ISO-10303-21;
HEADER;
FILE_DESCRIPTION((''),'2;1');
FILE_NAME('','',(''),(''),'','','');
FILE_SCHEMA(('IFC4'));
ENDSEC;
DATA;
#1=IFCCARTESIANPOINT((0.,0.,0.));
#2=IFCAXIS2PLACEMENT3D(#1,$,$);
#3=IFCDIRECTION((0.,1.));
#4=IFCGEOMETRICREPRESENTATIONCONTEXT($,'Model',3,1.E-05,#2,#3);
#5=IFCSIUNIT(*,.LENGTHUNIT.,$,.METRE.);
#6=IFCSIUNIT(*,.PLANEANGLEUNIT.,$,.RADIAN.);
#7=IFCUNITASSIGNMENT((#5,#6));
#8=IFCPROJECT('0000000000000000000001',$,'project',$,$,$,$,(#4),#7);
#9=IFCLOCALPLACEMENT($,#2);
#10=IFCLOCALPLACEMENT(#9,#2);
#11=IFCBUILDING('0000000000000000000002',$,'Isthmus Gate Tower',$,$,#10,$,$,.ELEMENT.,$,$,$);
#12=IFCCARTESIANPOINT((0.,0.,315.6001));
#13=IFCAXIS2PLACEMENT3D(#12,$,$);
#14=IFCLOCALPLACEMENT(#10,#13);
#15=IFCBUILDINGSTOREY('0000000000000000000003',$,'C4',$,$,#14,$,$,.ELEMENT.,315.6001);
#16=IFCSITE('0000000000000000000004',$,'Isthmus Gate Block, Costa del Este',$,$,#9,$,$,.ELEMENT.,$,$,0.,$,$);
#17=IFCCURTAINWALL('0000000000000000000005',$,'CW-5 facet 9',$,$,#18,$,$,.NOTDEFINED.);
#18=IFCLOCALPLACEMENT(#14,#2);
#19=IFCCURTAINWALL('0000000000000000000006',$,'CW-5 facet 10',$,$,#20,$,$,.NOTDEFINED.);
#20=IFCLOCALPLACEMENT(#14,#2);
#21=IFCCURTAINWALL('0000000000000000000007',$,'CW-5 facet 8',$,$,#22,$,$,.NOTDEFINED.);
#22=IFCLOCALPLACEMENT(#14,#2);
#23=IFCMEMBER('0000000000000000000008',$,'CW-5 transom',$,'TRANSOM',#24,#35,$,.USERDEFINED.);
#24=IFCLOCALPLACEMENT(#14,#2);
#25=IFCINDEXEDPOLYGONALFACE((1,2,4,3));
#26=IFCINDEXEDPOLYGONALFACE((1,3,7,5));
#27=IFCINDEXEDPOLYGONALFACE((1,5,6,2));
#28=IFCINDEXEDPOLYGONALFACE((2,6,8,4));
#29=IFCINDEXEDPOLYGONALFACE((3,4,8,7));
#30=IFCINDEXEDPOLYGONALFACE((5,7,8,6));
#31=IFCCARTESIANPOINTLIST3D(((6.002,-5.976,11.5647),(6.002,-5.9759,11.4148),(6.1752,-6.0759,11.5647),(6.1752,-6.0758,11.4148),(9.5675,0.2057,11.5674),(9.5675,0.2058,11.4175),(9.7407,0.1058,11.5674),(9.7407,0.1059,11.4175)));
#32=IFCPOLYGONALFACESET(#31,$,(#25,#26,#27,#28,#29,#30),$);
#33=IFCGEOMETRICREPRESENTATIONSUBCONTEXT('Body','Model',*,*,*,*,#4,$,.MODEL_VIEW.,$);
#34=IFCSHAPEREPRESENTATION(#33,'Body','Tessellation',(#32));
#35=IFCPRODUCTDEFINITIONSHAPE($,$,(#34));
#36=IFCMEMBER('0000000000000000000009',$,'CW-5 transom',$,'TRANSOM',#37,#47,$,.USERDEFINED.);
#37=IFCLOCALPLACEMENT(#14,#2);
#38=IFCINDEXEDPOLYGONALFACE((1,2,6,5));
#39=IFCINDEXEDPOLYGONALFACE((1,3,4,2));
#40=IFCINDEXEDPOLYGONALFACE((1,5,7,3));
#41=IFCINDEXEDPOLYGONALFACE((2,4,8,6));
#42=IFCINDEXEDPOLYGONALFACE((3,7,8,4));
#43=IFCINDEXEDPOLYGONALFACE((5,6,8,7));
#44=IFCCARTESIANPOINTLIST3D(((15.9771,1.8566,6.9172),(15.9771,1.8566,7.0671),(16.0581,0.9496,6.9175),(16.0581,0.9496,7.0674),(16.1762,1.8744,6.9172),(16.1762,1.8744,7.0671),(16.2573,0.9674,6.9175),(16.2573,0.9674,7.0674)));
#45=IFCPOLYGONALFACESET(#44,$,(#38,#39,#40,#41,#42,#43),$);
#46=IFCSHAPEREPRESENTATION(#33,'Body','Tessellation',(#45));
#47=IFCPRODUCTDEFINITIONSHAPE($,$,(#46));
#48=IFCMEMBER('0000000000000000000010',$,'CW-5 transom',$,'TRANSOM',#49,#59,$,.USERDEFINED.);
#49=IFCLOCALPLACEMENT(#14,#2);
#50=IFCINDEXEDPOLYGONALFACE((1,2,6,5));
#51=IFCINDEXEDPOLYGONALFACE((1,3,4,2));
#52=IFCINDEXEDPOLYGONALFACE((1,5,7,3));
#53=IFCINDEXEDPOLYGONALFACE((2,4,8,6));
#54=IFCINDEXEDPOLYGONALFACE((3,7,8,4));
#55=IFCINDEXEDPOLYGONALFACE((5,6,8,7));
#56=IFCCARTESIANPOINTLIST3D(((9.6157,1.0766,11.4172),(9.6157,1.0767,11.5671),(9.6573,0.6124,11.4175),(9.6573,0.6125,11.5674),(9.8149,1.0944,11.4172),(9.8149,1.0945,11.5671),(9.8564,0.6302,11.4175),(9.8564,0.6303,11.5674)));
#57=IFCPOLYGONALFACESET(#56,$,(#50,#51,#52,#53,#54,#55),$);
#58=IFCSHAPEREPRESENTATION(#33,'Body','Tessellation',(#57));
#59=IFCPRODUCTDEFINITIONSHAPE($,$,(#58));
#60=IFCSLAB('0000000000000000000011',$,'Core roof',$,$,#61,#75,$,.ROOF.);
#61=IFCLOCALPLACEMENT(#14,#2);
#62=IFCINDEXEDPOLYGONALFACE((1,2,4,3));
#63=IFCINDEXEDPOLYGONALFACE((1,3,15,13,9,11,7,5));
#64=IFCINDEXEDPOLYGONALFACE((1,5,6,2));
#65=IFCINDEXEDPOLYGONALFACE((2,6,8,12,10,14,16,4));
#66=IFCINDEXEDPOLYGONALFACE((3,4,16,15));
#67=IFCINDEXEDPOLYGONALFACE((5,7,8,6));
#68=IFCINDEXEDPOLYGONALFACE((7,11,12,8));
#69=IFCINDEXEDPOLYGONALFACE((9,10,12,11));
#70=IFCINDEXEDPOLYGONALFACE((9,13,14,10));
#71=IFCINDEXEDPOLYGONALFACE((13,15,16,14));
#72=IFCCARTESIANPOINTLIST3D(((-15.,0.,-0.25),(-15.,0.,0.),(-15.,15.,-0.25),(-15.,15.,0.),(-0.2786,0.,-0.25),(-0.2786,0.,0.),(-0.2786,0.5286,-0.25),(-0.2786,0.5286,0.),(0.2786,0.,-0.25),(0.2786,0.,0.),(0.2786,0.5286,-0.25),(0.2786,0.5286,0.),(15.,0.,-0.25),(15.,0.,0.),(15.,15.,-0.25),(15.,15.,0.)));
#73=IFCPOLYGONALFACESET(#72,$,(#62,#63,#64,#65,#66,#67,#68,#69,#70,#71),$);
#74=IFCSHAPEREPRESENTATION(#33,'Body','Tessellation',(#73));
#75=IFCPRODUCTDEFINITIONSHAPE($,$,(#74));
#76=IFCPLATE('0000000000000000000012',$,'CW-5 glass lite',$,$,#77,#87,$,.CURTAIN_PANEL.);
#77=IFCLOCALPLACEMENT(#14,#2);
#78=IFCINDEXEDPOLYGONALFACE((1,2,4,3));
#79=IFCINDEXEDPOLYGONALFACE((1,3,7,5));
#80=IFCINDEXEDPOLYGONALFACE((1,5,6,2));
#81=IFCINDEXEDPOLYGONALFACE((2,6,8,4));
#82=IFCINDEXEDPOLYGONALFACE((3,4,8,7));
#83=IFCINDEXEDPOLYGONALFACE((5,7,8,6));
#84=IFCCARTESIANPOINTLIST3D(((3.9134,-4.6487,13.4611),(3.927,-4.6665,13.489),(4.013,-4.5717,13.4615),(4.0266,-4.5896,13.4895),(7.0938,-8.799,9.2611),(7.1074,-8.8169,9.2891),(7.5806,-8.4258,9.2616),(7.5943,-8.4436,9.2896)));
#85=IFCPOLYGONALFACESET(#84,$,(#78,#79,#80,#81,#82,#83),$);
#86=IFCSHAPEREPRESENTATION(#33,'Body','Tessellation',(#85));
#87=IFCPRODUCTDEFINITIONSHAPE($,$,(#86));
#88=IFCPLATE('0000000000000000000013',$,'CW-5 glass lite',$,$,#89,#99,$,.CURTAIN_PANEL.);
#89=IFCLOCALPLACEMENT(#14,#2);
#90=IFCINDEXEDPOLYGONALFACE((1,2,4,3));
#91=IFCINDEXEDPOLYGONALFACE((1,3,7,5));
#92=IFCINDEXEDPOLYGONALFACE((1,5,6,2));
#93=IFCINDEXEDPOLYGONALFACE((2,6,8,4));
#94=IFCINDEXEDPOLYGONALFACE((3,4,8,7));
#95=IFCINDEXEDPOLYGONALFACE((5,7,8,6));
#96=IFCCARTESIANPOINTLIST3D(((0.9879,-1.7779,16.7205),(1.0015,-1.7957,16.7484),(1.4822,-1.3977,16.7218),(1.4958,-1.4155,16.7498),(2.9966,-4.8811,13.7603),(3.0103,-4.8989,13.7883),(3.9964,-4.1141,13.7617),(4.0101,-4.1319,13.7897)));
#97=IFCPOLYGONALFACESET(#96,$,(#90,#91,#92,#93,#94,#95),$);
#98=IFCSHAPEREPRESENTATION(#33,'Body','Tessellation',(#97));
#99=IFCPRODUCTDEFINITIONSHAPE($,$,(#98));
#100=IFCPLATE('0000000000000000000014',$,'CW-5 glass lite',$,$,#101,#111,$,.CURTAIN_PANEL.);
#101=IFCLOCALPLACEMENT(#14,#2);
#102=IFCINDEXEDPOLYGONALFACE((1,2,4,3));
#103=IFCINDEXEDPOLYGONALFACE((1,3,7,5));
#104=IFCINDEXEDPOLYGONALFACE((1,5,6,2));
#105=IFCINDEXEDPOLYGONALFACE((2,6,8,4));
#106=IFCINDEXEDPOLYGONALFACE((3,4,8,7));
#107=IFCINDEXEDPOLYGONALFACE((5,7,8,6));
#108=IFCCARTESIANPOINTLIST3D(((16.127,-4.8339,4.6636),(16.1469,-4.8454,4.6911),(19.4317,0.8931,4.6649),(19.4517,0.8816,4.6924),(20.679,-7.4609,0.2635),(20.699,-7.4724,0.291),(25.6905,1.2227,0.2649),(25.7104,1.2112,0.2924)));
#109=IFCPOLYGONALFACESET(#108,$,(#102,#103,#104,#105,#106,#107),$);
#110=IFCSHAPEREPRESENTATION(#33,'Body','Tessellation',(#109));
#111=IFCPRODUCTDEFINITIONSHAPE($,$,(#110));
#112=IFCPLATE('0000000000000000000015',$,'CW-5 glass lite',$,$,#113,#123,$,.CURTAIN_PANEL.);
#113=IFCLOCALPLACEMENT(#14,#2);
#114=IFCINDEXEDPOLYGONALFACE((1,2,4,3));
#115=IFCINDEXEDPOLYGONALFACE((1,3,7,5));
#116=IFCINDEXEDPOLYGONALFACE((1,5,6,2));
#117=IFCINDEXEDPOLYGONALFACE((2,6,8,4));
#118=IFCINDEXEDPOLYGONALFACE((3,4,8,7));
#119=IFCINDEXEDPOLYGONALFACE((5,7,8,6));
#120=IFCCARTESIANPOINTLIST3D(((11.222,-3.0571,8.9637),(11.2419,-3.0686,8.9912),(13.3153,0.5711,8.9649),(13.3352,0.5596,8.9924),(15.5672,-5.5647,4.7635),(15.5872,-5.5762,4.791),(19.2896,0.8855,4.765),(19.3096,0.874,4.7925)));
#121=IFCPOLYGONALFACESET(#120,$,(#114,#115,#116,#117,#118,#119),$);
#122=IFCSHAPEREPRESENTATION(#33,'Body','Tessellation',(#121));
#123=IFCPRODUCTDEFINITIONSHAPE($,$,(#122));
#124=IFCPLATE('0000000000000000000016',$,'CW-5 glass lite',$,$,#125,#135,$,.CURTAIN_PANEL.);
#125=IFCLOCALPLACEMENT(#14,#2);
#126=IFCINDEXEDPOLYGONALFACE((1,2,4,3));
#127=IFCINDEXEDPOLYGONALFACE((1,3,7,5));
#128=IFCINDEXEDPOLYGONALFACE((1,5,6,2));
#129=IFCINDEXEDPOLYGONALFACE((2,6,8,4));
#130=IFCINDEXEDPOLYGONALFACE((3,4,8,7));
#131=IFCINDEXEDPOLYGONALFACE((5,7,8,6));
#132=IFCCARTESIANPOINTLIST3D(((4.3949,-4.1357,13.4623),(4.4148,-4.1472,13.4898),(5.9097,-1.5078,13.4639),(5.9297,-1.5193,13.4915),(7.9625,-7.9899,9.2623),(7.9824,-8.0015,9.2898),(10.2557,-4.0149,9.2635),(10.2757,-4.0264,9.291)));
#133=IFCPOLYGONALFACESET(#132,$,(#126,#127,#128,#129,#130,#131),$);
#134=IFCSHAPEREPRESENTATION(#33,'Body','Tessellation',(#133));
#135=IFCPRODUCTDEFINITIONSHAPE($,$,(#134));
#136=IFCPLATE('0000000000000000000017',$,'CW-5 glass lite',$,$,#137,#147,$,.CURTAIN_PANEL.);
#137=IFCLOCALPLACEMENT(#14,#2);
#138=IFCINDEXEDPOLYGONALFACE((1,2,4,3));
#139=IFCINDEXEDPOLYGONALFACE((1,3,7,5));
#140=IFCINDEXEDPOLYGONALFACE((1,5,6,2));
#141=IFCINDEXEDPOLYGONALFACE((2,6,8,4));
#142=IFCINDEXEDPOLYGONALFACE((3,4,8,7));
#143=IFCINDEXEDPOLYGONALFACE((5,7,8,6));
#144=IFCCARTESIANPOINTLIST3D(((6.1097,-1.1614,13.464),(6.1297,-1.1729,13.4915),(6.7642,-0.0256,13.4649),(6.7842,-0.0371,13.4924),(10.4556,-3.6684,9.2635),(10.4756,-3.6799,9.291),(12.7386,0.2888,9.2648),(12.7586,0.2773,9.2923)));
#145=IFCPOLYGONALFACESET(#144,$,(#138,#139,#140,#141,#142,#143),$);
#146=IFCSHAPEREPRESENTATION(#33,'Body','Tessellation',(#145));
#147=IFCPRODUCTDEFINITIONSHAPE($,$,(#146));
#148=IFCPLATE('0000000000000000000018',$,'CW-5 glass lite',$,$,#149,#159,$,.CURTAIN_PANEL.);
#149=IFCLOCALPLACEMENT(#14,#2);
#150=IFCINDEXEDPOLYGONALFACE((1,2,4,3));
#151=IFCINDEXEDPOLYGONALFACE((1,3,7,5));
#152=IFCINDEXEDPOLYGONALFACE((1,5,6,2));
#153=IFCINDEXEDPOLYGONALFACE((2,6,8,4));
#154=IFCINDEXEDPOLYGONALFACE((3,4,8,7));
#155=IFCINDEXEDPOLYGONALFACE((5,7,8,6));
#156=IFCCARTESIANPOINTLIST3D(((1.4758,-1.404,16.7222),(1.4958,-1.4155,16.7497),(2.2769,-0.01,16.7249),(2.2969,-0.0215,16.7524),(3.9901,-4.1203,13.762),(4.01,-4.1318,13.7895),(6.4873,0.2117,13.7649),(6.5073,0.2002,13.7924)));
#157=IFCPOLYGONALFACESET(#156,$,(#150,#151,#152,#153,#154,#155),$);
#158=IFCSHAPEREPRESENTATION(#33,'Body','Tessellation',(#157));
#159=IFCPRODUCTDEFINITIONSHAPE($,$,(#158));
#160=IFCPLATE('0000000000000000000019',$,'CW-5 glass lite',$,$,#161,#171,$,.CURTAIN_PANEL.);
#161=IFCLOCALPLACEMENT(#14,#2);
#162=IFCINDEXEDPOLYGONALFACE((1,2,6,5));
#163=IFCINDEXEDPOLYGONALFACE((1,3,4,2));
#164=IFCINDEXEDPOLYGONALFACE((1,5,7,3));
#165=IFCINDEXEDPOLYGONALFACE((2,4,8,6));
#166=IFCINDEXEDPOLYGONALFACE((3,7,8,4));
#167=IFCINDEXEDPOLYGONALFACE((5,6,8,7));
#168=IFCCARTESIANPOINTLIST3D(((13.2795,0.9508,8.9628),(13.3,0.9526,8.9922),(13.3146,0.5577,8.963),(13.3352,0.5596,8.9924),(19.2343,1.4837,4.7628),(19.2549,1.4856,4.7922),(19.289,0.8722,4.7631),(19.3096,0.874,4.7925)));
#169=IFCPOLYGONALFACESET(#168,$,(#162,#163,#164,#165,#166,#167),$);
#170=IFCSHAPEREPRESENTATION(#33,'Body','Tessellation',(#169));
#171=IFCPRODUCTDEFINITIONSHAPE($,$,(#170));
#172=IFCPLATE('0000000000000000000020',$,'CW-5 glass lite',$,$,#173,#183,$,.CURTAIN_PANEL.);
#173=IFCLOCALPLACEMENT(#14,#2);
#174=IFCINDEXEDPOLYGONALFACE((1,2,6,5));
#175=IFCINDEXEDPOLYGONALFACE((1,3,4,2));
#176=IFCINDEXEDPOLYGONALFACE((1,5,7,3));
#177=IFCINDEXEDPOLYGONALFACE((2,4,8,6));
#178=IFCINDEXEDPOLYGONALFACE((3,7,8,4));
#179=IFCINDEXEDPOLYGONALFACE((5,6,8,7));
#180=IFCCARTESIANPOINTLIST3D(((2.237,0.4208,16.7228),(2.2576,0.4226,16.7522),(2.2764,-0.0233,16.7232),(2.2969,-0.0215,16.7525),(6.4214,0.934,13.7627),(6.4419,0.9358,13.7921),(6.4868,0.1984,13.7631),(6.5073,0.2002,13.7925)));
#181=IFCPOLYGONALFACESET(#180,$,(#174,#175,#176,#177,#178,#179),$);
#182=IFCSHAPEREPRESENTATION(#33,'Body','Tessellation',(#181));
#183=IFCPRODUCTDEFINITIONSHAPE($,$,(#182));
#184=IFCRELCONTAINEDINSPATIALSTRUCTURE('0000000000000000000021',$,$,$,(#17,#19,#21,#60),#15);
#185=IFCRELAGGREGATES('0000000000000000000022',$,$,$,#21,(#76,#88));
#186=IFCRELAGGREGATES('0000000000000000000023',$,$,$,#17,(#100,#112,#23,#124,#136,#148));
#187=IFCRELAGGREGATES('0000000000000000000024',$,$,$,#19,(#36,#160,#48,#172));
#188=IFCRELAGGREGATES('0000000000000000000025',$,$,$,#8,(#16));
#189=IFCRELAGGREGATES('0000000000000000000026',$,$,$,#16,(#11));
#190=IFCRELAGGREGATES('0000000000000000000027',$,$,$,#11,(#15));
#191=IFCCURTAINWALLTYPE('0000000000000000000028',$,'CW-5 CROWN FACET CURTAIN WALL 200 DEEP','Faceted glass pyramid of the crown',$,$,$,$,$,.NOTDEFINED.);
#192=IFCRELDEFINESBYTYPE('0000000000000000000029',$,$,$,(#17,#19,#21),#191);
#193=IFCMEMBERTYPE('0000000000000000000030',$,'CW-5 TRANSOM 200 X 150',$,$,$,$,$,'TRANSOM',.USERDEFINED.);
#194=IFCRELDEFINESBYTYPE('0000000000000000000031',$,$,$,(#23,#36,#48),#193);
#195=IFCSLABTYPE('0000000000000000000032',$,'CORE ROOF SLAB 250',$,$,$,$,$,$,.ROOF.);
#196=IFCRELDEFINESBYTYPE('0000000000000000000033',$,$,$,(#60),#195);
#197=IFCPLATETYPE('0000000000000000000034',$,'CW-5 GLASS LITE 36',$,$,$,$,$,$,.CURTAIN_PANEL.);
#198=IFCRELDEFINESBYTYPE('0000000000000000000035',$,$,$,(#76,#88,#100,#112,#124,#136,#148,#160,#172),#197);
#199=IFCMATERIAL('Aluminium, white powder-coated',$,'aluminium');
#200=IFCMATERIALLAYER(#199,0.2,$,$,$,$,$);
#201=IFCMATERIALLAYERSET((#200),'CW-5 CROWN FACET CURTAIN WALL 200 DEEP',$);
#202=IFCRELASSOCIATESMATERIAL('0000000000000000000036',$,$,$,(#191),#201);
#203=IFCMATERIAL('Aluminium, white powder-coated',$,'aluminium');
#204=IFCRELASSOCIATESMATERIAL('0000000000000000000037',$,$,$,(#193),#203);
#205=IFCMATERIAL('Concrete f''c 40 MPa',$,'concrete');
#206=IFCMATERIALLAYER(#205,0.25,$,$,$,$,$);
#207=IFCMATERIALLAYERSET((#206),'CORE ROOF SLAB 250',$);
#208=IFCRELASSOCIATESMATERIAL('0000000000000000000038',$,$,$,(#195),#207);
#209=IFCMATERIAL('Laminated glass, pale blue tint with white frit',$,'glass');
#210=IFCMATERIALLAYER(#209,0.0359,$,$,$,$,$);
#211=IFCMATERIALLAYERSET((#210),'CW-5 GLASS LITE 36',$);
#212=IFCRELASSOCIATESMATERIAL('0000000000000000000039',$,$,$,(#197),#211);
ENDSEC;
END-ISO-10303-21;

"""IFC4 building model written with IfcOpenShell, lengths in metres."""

from ifc_helpers import new_model, si_unit, direction, frame, origin, origin_2d, place, context, subcontext, project, spatial, polyline, rectangle, outline, extrude, material, layer, layer_set, material_profile, profile_set, type_object, element, aggregate, save


model = new_model("IFC4")

# Units and contexts
model_context = context("Model", 3, precision=1e-05, world=origin(), true_north=direction((0.0, 1.0)))
body_context = subcontext(model_context, "Body", "Model", "MODEL_VIEW")
ifc_project = project(units=[si_unit("LENGTHUNIT", "METRE"), si_unit("PLANEANGLEUNIT", "RADIAN")], contexts=[model_context])

# Site, building, storey
site_placement = place(None, origin())
site = spatial("IfcSite", under=ifc_project, at=site_placement, Name="Isthmus Gate Block, Costa del Este", CompositionType="ELEMENT", RefElevation=0.0)
building_placement = place(site_placement, origin())
building = spatial("IfcBuilding", under=site, at=building_placement, Name="Isthmus Gate Tower", CompositionType="ELEMENT")
storey_placement = place(building_placement, frame((0.0, 0.0, 315.6001)))
storey = spatial("IfcBuildingStorey", under=building, at=storey_placement, Name="C4", CompositionType="ELEMENT", Elevation=315.6001)

# Curtain walls
ifc_material_1 = material(Name="Aluminium, white powder-coated", Category="aluminium")
ifc_layer_1 = layer(ifc_material_1, 0.2)
ifc_layer_set_1 = layer_set([ifc_layer_1], Name="CW-5 CROWN FACET CURTAIN WALL 200 DEEP")
curtain_wall_type = type_object("IfcCurtainWallType", Name="CW-5 CROWN FACET CURTAIN WALL 200 DEEP", Description="Faceted glass pyramid of the crown", PredefinedType="NOTDEFINED", material=ifc_layer_set_1)
curtain_wall_1_placement = place(storey_placement, origin())
curtain_wall_1 = element("IfcCurtainWall", 1, at=curtain_wall_1_placement, inside=storey, type_object=curtain_wall_type, Name="CW-5 facet 9", PredefinedType="NOTDEFINED")
placement_1 = place(building_placement, frame((0.0, 0.0, 324.6001)))
curtain_wall_2_placement = place(storey_placement, origin())
curtain_wall_2 = element("IfcCurtainWall", 2, at=curtain_wall_2_placement, inside=storey, type_object=curtain_wall_type, Name="CW-5 facet 10", PredefinedType="NOTDEFINED")

# Shared definitions
placement_2 = place(building_placement, frame((0.0, 0.0, 320.1001)))

# Curtain wall
curtain_wall_3_placement = place(storey_placement, origin())
curtain_wall_3 = element("IfcCurtainWall", 3, at=curtain_wall_3_placement, inside=storey, type_object=curtain_wall_type, Name="CW-5 facet 8", PredefinedType="NOTDEFINED")

# Shared definitions
placement_3 = place(building_placement, frame((0.0, 0.0, 329.1001)))

# Members
ifc_material_2 = material(Name="Aluminium, white powder-coated", Category="aluminium")
ifc_material_profile_1 = material_profile(ifc_material_2, rectangle(XDim=0.2, YDim=0.1499, at=origin_2d()), Name="200x150")
ifc_profile_set_1 = profile_set([ifc_material_profile_1], Name="Aluminium, white powder-coated")
member_type_1 = type_object("IfcMemberType", Name="CW-5 TRANSOM 200 X 150", ElementType="TRANSOM", PredefinedType="USERDEFINED", material=ifc_profile_set_1)
member_1_placement = place(placement_1, frame((6.0886, -6.0259, 2.4897), z_axis=(0.499628, 0.86624, 0.000376), x_axis=(-0.86624, 0.499628, 0.0)))
member_1 = element("IfcMember", 4, at=member_1_placement, type_object=member_type_1, Name="CW-5 transom", ObjectType="TRANSOM", PredefinedType="USERDEFINED", context=body_context, shape_type="SweptSolid", body=[
    extrude(rectangle(XDim=0.2, YDim=0.1499, at=origin_2d()), origin(), (0.0, 0.0, 1.0), 7.1362),
])
member_2_placement = place(placement_2, frame((16.1577, 0.9585, 2.4924), z_axis=(-0.089013, 0.99603, -0.000268), x_axis=(-0.99603, -0.089013, 0.0)))
member_2 = element("IfcMember", 5, at=member_2_placement, type_object=member_type_1, Name="CW-5 transom", ObjectType="TRANSOM", PredefinedType="USERDEFINED", context=body_context, shape_type="SweptSolid", body=[
    extrude(rectangle(XDim=0.2, YDim=0.1499, at=origin_2d()), origin(), (0.0, 0.0, 1.0), 0.9106),
])
member_3_placement = place(placement_1, frame((9.7568, 0.6213, 2.4924), z_axis=(-0.089071, 0.996025, -0.000524), x_axis=(-0.996025, -0.089071, 0.0)))
member_3 = element("IfcMember", 6, at=member_3_placement, type_object=member_type_1, Name="CW-5 transom", ObjectType="TRANSOM", PredefinedType="USERDEFINED", context=body_context, shape_type="SweptSolid", body=[
    extrude(rectangle(XDim=0.2, YDim=0.1499, at=origin_2d()), origin(), (0.0, 0.0, 1.0), 0.4661),
])

# Slab
ifc_material_3 = material(Name="Concrete f'c 40 MPa", Category="concrete")
ifc_layer_2 = layer(ifc_material_3, 0.25)
ifc_layer_set_2 = layer_set([ifc_layer_2], Name="CORE ROOF SLAB 250")
slab_type = type_object("IfcSlabType", Name="CORE ROOF SLAB 250", PredefinedType="ROOF", material=ifc_layer_set_2)
slab_placement = place(storey_placement, frame((0.0, 0.0, -0.25)))
element("IfcSlab", 7, at=slab_placement, inside=storey, type_object=slab_type, Name="Core roof", PredefinedType="ROOF", context=body_context, shape_type="SweptSolid", body=[
    extrude(outline(polyline([(-15.0, 0.0), (-15.0, 15.0), (15.0, 15.0), (15.0, 0.0), (0.2786, 0.0), (0.2786, 0.5286), (-0.2786, 0.5286), (-0.2786, 0.0), (-15.0, 0.0)])), origin(), (0.0, 0.0, 1.0), 0.25),
])

# Plates
ifc_material_4 = material(Name="Laminated glass, pale blue tint with white frit", Category="glass")
ifc_layer_3 = layer(ifc_material_4, 0.0359)
ifc_layer_set_3 = layer_set([ifc_layer_3], Name="CW-5 GLASS LITE 36")
plate_type = type_object("IfcPlateType", Name="CW-5 GLASS LITE 36", PredefinedType="CURTAIN_PANEL", material=ifc_layer_set_3)
plate_1_placement = place(placement_1, frame((7.1074, -8.8169, 0.2891), z_axis=(0.380523, -0.497362, 0.779637), x_axis=(0.793577, 0.60847, 0.000841)))
plate_1 = element("IfcPlate", 8, at=plate_1_placement, type_object=plate_type, Name="CW-5 glass lite", PredefinedType="CURTAIN_PANEL", context=body_context, shape_type="SweptSolid", body=[
    extrude(outline(polyline([(0.0, 0.0), (0.6135, 0.0), (0.1309, 6.7073), (0.005, 6.7067), (0.0, 0.0)])), origin(), (0.0, 0.0, -1.0), 0.0359),
])
plate_2_placement = place(placement_3, frame((3.0103, -4.8989, 0.2883), z_axis=(0.380498, -0.497387, 0.779633), x_axis=(0.793428, 0.608664, 0.001083)))
plate_2 = element("IfcPlate", 9, at=plate_2_placement, type_object=plate_type, Name="CW-5 glass lite", PredefinedType="CURTAIN_PANEL", context=body_context, shape_type="SweptSolid", body=[
    extrude(outline(polyline([(0.0, 0.0), (1.2601, 0.0), (0.9219, 4.7273), (0.2982, 4.7263), (0.0, 0.0)])), origin(), (0.0, 0.0, -1.0), 0.0359),
])
plate_3_placement = place(storey_placement, frame((20.699, -7.4724, 0.291), z_axis=(0.555937, -0.320966, 0.766756), x_axis=(0.499847, 0.866113, 0.000142)))
plate_3 = element("IfcPlate", 10, at=plate_3_placement, type_object=plate_type, Name="CW-5 glass lite", PredefinedType="CURTAIN_PANEL", context=body_context, shape_type="SweptSolid", body=[
    extrude(outline(polyline([(0.0, 0.0), (10.026, 0.0), (6.6127, 6.8549), (0.0006, 6.8544), (0.0, 0.0)])), origin(), (0.0, 0.0, -1.0), 0.0359),
])
plate_4_placement = place(placement_2, frame((15.5872, -5.5762, 0.291), z_axis=(0.555921, -0.320996, 0.766755), x_axis=(0.499838, 0.866119, 0.000196)))
plate_4 = element("IfcPlate", 11, at=plate_4_placement, type_object=plate_type, Name="CW-5 glass lite", PredefinedType="CURTAIN_PANEL", context=body_context, shape_type="SweptSolid", body=[
    extrude(outline(polyline([(0.0, 0.0), (7.4472, 0.0), (4.1895, 6.5436), (0.0008, 6.543), (0.0, 0.0)])), origin(), (0.0, 0.0, -1.0), 0.0359),
])
plate_5_placement = place(placement_1, frame((7.9824, -8.0015, 0.2898), z_axis=(0.555931, -0.320957, 0.766764), x_axis=(0.499708, 0.866194, 0.000271)))
plate_5 = element("IfcPlate", 12, at=plate_5_placement, type_object=plate_type, Name="CW-5 glass lite", PredefinedType="CURTAIN_PANEL", context=body_context, shape_type="SweptSolid", body=[
    extrude(outline(polyline([(0.0, 0.0), (4.5891, 0.0), (4.5902, 6.5434), (1.5569, 6.5421), (0.0, 0.0)])), origin(), (0.0, 0.0, -1.0), 0.0359),
])
plate_6_placement = place(placement_1, frame((10.4756, -3.6799, 0.291), z_axis=(0.555935, -0.320978, 0.766753), x_axis=(0.499719, 0.866188, 0.000281)))
plate_6 = element("IfcPlate", 13, at=plate_6_placement, type_object=plate_type, Name="CW-5 glass lite", PredefinedType="CURTAIN_PANEL", context=body_context, shape_type="SweptSolid", body=[
    extrude(outline(polyline([(0.0, 0.0), (4.5686, 0.0), (1.3119, 6.5443), (0.001, 6.5434), (0.0, 0.0)])), origin(), (0.0, 0.0, -1.0), 0.0359),
])
plate_7_placement = place(placement_3, frame((4.01, -4.1318, 0.2896), z_axis=(0.555943, -0.320987, 0.766743), x_axis=(0.499423, 0.866358, 0.000573)))
plate_7 = element("IfcPlate", 14, at=plate_7_placement, type_object=plate_type, Name="CW-5 glass lite", PredefinedType="CURTAIN_PANEL", context=body_context, shape_type="SweptSolid", body=[
    extrude(outline(polyline([(0.0, 0.0), (5.0003, 0.0), (2.7072, 4.613), (1.0994, 4.6102), (0.0, 0.0)])), origin(), (0.0, 0.0, -1.0), 0.0359),
])
plate_8_placement = place(placement_2, frame((19.3096, 0.874, 0.2925), z_axis=(0.572516, 0.051597, 0.818269), x_axis=(-0.089109, 0.996022, -0.000459)))
plate_8 = element("IfcPlate", 15, at=plate_8_placement, type_object=plate_type, Name="CW-5 glass lite", PredefinedType="CURTAIN_PANEL", context=body_context, shape_type="SweptSolid", body=[
    extrude(outline(polyline([(0.0, 0.0), (0.614, 0.0), (0.6119, 7.3064), (0.2172, 7.3065), (0.0, 0.0)])), origin(), (0.0, 0.0, -1.0), 0.0359),
])
plate_9_placement = place(placement_3, frame((6.5073, 0.2002, 0.2925), z_axis=(0.572557, 0.051341, 0.818256), x_axis=(-0.088524, 0.996074, -0.000556)))
plate_9 = element("IfcPlate", 16, at=plate_9_placement, type_object=plate_type, Name="CW-5 glass lite", PredefinedType="CURTAIN_PANEL", context=body_context, shape_type="SweptSolid", body=[
    extrude(outline(polyline([(0.0, 0.0), (0.7385, 0.0), (0.5961, 5.1492), (0.1503, 5.1494), (0.0, 0.0)])), origin(), (0.0, 0.0, -1.0), 0.0359),
])

aggregate(curtain_wall_3, [plate_1, plate_2])
aggregate(curtain_wall_1, [plate_3, plate_4, member_1, plate_5, plate_6, plate_7])
aggregate(curtain_wall_2, [member_2, plate_8, member_3, plate_9])

save(model, "model.ifc")
